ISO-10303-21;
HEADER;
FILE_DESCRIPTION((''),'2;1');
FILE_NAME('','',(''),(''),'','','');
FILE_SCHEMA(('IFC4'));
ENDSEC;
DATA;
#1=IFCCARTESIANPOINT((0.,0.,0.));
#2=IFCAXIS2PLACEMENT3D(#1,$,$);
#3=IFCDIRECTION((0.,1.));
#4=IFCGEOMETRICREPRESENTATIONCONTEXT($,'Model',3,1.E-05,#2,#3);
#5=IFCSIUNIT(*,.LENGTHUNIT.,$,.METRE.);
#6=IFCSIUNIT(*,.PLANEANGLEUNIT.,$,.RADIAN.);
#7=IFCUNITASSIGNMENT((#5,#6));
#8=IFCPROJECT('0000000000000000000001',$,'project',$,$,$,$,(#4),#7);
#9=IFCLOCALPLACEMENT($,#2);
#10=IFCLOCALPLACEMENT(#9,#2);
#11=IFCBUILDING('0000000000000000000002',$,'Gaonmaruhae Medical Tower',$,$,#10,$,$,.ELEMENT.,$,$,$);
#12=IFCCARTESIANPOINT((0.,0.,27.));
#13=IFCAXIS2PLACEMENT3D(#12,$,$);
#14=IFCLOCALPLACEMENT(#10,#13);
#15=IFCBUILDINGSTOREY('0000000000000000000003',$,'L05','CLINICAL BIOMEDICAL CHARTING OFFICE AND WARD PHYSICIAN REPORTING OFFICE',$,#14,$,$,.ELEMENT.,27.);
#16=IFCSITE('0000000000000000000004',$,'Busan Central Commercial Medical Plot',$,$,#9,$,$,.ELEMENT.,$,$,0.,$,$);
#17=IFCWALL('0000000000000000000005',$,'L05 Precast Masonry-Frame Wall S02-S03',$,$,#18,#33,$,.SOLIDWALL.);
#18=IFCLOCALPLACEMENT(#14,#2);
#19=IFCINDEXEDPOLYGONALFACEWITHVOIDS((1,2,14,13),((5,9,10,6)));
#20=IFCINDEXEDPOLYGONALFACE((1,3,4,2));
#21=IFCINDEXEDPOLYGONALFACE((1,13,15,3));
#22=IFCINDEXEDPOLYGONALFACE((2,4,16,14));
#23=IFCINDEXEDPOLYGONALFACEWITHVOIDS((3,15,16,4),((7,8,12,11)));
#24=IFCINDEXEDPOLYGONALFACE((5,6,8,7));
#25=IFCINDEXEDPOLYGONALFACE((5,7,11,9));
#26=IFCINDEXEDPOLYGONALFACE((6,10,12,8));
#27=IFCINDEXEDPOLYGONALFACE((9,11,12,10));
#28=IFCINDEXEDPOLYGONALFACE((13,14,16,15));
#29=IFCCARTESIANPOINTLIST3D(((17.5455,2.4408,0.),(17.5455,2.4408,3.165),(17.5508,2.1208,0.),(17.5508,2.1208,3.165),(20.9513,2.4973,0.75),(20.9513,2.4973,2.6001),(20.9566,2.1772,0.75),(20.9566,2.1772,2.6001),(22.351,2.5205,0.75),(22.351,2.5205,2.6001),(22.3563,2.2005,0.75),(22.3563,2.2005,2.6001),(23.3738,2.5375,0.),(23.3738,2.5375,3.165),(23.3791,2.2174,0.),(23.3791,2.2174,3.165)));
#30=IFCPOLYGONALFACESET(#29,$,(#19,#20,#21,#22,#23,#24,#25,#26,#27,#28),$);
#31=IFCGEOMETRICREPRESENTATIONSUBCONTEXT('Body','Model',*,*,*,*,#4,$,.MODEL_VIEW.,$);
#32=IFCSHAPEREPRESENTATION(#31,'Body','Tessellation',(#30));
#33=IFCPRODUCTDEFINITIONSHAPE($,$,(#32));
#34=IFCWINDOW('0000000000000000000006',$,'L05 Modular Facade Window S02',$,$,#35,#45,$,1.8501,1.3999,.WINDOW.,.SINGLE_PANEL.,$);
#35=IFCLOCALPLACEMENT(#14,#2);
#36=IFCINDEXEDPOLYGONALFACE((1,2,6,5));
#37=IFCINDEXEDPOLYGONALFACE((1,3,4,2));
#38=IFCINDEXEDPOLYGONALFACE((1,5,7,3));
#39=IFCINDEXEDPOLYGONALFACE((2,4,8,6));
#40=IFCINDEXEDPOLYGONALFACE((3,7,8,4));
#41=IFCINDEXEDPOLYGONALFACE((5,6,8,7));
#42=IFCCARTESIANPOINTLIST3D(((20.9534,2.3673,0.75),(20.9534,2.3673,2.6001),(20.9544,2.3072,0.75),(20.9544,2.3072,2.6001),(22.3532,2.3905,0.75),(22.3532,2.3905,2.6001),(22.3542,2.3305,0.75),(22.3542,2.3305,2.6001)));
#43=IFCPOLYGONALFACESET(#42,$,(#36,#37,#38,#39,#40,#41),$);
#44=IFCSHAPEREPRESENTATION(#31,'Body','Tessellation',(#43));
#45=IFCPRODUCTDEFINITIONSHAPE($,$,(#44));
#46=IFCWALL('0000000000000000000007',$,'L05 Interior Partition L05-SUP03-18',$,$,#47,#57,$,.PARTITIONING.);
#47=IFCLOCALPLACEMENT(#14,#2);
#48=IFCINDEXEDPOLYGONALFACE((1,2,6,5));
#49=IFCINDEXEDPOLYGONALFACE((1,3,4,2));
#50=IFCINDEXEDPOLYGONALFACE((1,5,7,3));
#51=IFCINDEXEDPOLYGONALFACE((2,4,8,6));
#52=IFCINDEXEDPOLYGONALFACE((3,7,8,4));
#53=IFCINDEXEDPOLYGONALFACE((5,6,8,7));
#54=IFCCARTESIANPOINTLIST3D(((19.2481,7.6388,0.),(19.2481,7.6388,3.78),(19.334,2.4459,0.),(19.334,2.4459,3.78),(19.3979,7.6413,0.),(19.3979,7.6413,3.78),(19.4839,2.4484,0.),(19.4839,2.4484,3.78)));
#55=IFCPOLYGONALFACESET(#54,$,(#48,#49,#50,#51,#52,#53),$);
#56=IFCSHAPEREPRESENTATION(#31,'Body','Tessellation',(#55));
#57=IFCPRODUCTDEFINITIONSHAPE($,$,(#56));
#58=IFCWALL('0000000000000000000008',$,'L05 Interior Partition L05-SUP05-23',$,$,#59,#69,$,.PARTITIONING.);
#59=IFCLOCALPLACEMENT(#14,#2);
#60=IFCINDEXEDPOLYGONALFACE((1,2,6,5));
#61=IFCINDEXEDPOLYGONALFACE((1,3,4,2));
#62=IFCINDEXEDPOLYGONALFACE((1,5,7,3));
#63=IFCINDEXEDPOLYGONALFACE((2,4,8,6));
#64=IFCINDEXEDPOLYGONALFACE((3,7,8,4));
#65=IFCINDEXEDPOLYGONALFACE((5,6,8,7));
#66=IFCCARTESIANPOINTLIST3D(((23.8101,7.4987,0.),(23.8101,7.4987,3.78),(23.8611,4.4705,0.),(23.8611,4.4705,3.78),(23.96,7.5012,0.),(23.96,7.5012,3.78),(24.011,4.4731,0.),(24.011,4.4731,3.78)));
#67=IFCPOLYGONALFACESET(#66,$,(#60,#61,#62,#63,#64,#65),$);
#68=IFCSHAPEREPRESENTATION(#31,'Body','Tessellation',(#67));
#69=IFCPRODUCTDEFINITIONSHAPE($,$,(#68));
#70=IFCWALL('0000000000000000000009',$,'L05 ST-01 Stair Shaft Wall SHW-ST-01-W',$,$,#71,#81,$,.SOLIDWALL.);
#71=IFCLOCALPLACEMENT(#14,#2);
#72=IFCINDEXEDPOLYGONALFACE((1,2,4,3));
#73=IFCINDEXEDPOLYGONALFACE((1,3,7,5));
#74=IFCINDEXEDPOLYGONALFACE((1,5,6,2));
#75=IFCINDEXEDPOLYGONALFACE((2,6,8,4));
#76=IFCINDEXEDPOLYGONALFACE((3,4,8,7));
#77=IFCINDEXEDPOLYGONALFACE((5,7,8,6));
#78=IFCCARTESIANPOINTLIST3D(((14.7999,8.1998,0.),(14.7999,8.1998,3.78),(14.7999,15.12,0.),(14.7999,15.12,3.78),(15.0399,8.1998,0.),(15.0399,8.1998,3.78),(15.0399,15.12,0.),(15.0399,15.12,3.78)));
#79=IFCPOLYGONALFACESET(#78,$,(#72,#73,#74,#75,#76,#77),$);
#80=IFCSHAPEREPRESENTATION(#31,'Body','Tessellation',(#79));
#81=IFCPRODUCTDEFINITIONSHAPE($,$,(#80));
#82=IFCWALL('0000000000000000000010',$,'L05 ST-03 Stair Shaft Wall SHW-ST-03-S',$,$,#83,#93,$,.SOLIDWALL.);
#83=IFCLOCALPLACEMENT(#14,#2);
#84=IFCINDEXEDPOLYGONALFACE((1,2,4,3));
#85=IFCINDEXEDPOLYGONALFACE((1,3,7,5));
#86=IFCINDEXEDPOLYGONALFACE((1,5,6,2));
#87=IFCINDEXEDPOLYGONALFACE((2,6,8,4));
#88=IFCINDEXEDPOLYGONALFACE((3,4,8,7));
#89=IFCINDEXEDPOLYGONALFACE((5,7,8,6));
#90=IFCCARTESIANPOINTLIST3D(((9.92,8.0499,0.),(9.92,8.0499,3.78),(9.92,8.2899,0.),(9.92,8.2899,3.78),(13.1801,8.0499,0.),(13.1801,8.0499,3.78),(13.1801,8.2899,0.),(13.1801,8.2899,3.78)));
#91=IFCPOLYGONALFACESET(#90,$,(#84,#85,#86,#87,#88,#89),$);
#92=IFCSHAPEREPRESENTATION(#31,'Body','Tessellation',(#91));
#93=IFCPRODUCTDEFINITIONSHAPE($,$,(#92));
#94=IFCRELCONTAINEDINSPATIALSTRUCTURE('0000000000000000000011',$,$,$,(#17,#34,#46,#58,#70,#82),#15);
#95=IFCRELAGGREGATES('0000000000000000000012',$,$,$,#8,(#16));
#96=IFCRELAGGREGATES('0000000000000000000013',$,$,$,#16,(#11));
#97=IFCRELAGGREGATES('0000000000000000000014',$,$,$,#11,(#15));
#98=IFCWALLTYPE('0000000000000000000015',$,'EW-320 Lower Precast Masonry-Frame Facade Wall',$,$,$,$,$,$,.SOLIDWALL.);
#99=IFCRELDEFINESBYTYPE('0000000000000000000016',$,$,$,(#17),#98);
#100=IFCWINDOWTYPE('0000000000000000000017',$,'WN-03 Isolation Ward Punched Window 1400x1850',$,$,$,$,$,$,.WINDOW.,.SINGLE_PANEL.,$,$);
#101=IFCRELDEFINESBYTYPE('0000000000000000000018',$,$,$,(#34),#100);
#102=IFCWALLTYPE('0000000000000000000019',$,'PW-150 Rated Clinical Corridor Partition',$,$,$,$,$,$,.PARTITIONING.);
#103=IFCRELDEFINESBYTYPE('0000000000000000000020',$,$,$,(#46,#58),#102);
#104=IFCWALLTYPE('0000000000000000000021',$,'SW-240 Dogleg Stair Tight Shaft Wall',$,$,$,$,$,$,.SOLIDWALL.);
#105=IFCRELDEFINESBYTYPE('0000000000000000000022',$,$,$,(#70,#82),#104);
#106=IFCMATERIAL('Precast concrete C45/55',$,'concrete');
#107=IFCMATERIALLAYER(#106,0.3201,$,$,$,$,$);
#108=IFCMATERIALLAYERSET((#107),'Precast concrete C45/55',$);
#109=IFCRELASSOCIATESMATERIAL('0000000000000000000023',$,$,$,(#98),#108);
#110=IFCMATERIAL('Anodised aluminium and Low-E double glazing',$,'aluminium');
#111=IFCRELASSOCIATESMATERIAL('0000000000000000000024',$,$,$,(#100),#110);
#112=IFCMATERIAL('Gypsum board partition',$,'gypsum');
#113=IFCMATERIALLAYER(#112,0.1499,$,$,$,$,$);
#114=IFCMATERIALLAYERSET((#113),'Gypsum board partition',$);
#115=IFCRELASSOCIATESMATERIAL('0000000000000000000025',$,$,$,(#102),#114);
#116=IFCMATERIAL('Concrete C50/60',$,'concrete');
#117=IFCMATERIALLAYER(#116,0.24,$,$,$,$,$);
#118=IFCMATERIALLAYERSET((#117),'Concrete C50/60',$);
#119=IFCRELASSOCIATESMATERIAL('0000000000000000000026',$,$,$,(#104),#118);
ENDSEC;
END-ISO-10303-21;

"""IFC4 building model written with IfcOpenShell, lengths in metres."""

from ifc_helpers import new_model, si_unit, direction, frame, frame_2d, origin, place, context, subcontext, project, spatial, rectangle, extrude, material, layer, layer_set, type_object, element, fill, save


model = new_model("IFC4")

# Units and contexts
model_context = context("Model", 3, precision=1e-05, world=origin(), true_north=direction((0.0, 1.0)))
body_context = subcontext(model_context, "Body", "Model", "MODEL_VIEW")
ifc_project = project(units=[si_unit("LENGTHUNIT", "METRE"), si_unit("PLANEANGLEUNIT", "RADIAN")], contexts=[model_context])

# Site, building, storey
site_placement = place(None, origin())
site = spatial("IfcSite", under=ifc_project, at=site_placement, Name="Busan Central Commercial Medical Plot", CompositionType="ELEMENT", RefElevation=0.0)
building_placement = place(site_placement, origin())
building = spatial("IfcBuilding", under=site, at=building_placement, Name="Gaonmaruhae Medical Tower", CompositionType="ELEMENT")
storey_placement = place(building_placement, frame((0.0, 0.0, 27.0)))
storey = spatial("IfcBuildingStorey", under=building, at=storey_placement, Name="L05", Description="CLINICAL BIOMEDICAL CHARTING OFFICE AND WARD PHYSICIAN REPORTING OFFICE", CompositionType="ELEMENT", Elevation=27.0)

# Wall, opening, window
ifc_material_1 = material(Name="Precast concrete C45/55", Category="concrete")
ifc_layer_1 = layer(ifc_material_1, 0.3201)
ifc_layer_set_1 = layer_set([ifc_layer_1], Name="Precast concrete C45/55")
wall_type_1 = type_object("IfcWallType", Name="EW-320 Lower Precast Masonry-Frame Facade Wall", PredefinedType="SOLIDWALL", material=ifc_layer_set_1)
ifc_material_2 = material(Name="Anodised aluminium and Low-E double glazing", Category="aluminium")
wall_1_placement = place(storey_placement, frame((23.3765, 2.3774, 0.0), z_axis=(0.0, 0.0, 1.0), x_axis=(-0.999862, -0.016585, 0.0)))
wall_1 = element("IfcWall", 1, at=wall_1_placement, inside=storey, type_object=wall_type_1, Name="L05 Precast Masonry-Frame Wall S02-S03", PredefinedType="SOLIDWALL", context=body_context, shape_type="SweptSolid", body=[
    extrude(rectangle(XDim=5.8291, YDim=0.3201, at=frame_2d((2.9146, 0.0))), origin(), (0.0, 0.0, 1.0), 3.165),
])
opening_1_placement = place(wall_1_placement, frame((1.0229, 0.0, 0.75)))
opening_1 = element("IfcOpeningElement", 2, at=opening_1_placement, cuts=wall_1, PredefinedType="OPENING", context=body_context, shape_type="SweptSolid", body=[
    extrude(rectangle(XDim=1.3999, YDim=1.8501, at=frame_2d((0.7, 0.925))), frame((0.0, 0.1699, 0.0), z_axis=(0.0, -1.0, 0.0), x_axis=(1.0, 0.0, 0.0)), (0.0, 0.0, 1.0), 0.3401),
])
window_type_1 = type_object("IfcWindowType", Name="WN-03 Isolation Ward Punched Window 1400x1850", PartitioningType="SINGLE_PANEL", PredefinedType="WINDOW", material=ifc_material_2)
window_1_placement = place(opening_1_placement, origin())
window_1 = element("IfcWindow", 3, at=window_1_placement, inside=storey, type_object=window_type_1, Name="L05 Modular Facade Window S02", OverallHeight=1.8501, OverallWidth=1.3999, PartitioningType="SINGLE_PANEL", PredefinedType="WINDOW", context=body_context, shape_type="SweptSolid", body=[
    extrude(rectangle(XDim=1.3999, YDim=1.8501, at=frame_2d((0.7, 0.925))), frame((0.0, 0.03, 0.0), z_axis=(0.0, -1.0, 0.0), x_axis=(1.0, 0.0, 0.0)), (0.0, 0.0, 1.0), 0.0601),
])
fill(opening_1, window_1)

# Walls
ifc_material_3 = material(Name="Gypsum board partition", Category="gypsum")
ifc_layer_2 = layer(ifc_material_3, 0.1499)
ifc_layer_set_2 = layer_set([ifc_layer_2], Name="Gypsum board partition")
wall_type_2 = type_object("IfcWallType", Name="PW-150 Rated Clinical Corridor Partition", PredefinedType="PARTITIONING", material=ifc_layer_set_2)
wall_2_placement = place(storey_placement, frame((19.323, 7.6399, 0.0), z_axis=(0.0, 0.0, 1.0), x_axis=(0.016547, -0.999863, 0.0)))
element("IfcWall", 4, at=wall_2_placement, inside=storey, type_object=wall_type_2, Name="L05 Interior Partition L05-SUP03-18", PredefinedType="PARTITIONING", context=body_context, shape_type="SweptSolid", body=[
    extrude(rectangle(XDim=5.1936, YDim=0.1499, at=frame_2d((2.5967, 0.0))), origin(), (0.0, 0.0, 1.0), 3.78),
])
wall_3_placement = place(storey_placement, frame((23.936, 4.4719, 0.0), z_axis=(0.0, 0.0, 1.0), x_axis=(-0.016848, 0.999858, 0.0)))
element("IfcWall", 5, at=wall_3_placement, inside=storey, type_object=wall_type_2, Name="L05 Interior Partition L05-SUP05-23", PredefinedType="PARTITIONING", context=body_context, shape_type="SweptSolid", body=[
    extrude(rectangle(XDim=3.0286, YDim=0.1499, at=frame_2d((1.5142, 0.0))), origin(), (0.0, 0.0, 1.0), 3.78),
])
ifc_material_4 = material(Name="Concrete C50/60", Category="concrete")
ifc_layer_3 = layer(ifc_material_4, 0.24)
ifc_layer_set_3 = layer_set([ifc_layer_3], Name="Concrete C50/60")
wall_type_3 = type_object("IfcWallType", Name="SW-240 Dogleg Stair Tight Shaft Wall", PredefinedType="SOLIDWALL", material=ifc_layer_set_3)
wall_4_placement = place(storey_placement, frame((14.9199, 8.2, 0.0), z_axis=(0.0, 0.0, 1.0), x_axis=(0.0, 1.0, 0.0)))
element("IfcWall", 6, at=wall_4_placement, inside=storey, type_object=wall_type_3, Name="L05 ST-01 Stair Shaft Wall SHW-ST-01-W", PredefinedType="SOLIDWALL", context=body_context, shape_type="SweptSolid", body=[
    extrude(rectangle(XDim=6.9202, YDim=0.24, at=frame_2d((3.46, 0.0))), origin(), (0.0, 0.0, 1.0), 3.78),
])
wall_5_placement = place(storey_placement, frame((13.1799, 8.1699, 0.0), z_axis=(0.0, 0.0, 1.0), x_axis=(-1.0, 0.0, 0.0)))
element("IfcWall", 7, at=wall_5_placement, inside=storey, type_object=wall_type_3, Name="L05 ST-03 Stair Shaft Wall SHW-ST-03-S", PredefinedType="SOLIDWALL", context=body_context, shape_type="SweptSolid", body=[
    extrude(rectangle(XDim=3.26, YDim=0.24, at=frame_2d((1.6299, 0.0))), origin(), (0.0, 0.0, 1.0), 3.78),
])

save(model, "model.ifc")
